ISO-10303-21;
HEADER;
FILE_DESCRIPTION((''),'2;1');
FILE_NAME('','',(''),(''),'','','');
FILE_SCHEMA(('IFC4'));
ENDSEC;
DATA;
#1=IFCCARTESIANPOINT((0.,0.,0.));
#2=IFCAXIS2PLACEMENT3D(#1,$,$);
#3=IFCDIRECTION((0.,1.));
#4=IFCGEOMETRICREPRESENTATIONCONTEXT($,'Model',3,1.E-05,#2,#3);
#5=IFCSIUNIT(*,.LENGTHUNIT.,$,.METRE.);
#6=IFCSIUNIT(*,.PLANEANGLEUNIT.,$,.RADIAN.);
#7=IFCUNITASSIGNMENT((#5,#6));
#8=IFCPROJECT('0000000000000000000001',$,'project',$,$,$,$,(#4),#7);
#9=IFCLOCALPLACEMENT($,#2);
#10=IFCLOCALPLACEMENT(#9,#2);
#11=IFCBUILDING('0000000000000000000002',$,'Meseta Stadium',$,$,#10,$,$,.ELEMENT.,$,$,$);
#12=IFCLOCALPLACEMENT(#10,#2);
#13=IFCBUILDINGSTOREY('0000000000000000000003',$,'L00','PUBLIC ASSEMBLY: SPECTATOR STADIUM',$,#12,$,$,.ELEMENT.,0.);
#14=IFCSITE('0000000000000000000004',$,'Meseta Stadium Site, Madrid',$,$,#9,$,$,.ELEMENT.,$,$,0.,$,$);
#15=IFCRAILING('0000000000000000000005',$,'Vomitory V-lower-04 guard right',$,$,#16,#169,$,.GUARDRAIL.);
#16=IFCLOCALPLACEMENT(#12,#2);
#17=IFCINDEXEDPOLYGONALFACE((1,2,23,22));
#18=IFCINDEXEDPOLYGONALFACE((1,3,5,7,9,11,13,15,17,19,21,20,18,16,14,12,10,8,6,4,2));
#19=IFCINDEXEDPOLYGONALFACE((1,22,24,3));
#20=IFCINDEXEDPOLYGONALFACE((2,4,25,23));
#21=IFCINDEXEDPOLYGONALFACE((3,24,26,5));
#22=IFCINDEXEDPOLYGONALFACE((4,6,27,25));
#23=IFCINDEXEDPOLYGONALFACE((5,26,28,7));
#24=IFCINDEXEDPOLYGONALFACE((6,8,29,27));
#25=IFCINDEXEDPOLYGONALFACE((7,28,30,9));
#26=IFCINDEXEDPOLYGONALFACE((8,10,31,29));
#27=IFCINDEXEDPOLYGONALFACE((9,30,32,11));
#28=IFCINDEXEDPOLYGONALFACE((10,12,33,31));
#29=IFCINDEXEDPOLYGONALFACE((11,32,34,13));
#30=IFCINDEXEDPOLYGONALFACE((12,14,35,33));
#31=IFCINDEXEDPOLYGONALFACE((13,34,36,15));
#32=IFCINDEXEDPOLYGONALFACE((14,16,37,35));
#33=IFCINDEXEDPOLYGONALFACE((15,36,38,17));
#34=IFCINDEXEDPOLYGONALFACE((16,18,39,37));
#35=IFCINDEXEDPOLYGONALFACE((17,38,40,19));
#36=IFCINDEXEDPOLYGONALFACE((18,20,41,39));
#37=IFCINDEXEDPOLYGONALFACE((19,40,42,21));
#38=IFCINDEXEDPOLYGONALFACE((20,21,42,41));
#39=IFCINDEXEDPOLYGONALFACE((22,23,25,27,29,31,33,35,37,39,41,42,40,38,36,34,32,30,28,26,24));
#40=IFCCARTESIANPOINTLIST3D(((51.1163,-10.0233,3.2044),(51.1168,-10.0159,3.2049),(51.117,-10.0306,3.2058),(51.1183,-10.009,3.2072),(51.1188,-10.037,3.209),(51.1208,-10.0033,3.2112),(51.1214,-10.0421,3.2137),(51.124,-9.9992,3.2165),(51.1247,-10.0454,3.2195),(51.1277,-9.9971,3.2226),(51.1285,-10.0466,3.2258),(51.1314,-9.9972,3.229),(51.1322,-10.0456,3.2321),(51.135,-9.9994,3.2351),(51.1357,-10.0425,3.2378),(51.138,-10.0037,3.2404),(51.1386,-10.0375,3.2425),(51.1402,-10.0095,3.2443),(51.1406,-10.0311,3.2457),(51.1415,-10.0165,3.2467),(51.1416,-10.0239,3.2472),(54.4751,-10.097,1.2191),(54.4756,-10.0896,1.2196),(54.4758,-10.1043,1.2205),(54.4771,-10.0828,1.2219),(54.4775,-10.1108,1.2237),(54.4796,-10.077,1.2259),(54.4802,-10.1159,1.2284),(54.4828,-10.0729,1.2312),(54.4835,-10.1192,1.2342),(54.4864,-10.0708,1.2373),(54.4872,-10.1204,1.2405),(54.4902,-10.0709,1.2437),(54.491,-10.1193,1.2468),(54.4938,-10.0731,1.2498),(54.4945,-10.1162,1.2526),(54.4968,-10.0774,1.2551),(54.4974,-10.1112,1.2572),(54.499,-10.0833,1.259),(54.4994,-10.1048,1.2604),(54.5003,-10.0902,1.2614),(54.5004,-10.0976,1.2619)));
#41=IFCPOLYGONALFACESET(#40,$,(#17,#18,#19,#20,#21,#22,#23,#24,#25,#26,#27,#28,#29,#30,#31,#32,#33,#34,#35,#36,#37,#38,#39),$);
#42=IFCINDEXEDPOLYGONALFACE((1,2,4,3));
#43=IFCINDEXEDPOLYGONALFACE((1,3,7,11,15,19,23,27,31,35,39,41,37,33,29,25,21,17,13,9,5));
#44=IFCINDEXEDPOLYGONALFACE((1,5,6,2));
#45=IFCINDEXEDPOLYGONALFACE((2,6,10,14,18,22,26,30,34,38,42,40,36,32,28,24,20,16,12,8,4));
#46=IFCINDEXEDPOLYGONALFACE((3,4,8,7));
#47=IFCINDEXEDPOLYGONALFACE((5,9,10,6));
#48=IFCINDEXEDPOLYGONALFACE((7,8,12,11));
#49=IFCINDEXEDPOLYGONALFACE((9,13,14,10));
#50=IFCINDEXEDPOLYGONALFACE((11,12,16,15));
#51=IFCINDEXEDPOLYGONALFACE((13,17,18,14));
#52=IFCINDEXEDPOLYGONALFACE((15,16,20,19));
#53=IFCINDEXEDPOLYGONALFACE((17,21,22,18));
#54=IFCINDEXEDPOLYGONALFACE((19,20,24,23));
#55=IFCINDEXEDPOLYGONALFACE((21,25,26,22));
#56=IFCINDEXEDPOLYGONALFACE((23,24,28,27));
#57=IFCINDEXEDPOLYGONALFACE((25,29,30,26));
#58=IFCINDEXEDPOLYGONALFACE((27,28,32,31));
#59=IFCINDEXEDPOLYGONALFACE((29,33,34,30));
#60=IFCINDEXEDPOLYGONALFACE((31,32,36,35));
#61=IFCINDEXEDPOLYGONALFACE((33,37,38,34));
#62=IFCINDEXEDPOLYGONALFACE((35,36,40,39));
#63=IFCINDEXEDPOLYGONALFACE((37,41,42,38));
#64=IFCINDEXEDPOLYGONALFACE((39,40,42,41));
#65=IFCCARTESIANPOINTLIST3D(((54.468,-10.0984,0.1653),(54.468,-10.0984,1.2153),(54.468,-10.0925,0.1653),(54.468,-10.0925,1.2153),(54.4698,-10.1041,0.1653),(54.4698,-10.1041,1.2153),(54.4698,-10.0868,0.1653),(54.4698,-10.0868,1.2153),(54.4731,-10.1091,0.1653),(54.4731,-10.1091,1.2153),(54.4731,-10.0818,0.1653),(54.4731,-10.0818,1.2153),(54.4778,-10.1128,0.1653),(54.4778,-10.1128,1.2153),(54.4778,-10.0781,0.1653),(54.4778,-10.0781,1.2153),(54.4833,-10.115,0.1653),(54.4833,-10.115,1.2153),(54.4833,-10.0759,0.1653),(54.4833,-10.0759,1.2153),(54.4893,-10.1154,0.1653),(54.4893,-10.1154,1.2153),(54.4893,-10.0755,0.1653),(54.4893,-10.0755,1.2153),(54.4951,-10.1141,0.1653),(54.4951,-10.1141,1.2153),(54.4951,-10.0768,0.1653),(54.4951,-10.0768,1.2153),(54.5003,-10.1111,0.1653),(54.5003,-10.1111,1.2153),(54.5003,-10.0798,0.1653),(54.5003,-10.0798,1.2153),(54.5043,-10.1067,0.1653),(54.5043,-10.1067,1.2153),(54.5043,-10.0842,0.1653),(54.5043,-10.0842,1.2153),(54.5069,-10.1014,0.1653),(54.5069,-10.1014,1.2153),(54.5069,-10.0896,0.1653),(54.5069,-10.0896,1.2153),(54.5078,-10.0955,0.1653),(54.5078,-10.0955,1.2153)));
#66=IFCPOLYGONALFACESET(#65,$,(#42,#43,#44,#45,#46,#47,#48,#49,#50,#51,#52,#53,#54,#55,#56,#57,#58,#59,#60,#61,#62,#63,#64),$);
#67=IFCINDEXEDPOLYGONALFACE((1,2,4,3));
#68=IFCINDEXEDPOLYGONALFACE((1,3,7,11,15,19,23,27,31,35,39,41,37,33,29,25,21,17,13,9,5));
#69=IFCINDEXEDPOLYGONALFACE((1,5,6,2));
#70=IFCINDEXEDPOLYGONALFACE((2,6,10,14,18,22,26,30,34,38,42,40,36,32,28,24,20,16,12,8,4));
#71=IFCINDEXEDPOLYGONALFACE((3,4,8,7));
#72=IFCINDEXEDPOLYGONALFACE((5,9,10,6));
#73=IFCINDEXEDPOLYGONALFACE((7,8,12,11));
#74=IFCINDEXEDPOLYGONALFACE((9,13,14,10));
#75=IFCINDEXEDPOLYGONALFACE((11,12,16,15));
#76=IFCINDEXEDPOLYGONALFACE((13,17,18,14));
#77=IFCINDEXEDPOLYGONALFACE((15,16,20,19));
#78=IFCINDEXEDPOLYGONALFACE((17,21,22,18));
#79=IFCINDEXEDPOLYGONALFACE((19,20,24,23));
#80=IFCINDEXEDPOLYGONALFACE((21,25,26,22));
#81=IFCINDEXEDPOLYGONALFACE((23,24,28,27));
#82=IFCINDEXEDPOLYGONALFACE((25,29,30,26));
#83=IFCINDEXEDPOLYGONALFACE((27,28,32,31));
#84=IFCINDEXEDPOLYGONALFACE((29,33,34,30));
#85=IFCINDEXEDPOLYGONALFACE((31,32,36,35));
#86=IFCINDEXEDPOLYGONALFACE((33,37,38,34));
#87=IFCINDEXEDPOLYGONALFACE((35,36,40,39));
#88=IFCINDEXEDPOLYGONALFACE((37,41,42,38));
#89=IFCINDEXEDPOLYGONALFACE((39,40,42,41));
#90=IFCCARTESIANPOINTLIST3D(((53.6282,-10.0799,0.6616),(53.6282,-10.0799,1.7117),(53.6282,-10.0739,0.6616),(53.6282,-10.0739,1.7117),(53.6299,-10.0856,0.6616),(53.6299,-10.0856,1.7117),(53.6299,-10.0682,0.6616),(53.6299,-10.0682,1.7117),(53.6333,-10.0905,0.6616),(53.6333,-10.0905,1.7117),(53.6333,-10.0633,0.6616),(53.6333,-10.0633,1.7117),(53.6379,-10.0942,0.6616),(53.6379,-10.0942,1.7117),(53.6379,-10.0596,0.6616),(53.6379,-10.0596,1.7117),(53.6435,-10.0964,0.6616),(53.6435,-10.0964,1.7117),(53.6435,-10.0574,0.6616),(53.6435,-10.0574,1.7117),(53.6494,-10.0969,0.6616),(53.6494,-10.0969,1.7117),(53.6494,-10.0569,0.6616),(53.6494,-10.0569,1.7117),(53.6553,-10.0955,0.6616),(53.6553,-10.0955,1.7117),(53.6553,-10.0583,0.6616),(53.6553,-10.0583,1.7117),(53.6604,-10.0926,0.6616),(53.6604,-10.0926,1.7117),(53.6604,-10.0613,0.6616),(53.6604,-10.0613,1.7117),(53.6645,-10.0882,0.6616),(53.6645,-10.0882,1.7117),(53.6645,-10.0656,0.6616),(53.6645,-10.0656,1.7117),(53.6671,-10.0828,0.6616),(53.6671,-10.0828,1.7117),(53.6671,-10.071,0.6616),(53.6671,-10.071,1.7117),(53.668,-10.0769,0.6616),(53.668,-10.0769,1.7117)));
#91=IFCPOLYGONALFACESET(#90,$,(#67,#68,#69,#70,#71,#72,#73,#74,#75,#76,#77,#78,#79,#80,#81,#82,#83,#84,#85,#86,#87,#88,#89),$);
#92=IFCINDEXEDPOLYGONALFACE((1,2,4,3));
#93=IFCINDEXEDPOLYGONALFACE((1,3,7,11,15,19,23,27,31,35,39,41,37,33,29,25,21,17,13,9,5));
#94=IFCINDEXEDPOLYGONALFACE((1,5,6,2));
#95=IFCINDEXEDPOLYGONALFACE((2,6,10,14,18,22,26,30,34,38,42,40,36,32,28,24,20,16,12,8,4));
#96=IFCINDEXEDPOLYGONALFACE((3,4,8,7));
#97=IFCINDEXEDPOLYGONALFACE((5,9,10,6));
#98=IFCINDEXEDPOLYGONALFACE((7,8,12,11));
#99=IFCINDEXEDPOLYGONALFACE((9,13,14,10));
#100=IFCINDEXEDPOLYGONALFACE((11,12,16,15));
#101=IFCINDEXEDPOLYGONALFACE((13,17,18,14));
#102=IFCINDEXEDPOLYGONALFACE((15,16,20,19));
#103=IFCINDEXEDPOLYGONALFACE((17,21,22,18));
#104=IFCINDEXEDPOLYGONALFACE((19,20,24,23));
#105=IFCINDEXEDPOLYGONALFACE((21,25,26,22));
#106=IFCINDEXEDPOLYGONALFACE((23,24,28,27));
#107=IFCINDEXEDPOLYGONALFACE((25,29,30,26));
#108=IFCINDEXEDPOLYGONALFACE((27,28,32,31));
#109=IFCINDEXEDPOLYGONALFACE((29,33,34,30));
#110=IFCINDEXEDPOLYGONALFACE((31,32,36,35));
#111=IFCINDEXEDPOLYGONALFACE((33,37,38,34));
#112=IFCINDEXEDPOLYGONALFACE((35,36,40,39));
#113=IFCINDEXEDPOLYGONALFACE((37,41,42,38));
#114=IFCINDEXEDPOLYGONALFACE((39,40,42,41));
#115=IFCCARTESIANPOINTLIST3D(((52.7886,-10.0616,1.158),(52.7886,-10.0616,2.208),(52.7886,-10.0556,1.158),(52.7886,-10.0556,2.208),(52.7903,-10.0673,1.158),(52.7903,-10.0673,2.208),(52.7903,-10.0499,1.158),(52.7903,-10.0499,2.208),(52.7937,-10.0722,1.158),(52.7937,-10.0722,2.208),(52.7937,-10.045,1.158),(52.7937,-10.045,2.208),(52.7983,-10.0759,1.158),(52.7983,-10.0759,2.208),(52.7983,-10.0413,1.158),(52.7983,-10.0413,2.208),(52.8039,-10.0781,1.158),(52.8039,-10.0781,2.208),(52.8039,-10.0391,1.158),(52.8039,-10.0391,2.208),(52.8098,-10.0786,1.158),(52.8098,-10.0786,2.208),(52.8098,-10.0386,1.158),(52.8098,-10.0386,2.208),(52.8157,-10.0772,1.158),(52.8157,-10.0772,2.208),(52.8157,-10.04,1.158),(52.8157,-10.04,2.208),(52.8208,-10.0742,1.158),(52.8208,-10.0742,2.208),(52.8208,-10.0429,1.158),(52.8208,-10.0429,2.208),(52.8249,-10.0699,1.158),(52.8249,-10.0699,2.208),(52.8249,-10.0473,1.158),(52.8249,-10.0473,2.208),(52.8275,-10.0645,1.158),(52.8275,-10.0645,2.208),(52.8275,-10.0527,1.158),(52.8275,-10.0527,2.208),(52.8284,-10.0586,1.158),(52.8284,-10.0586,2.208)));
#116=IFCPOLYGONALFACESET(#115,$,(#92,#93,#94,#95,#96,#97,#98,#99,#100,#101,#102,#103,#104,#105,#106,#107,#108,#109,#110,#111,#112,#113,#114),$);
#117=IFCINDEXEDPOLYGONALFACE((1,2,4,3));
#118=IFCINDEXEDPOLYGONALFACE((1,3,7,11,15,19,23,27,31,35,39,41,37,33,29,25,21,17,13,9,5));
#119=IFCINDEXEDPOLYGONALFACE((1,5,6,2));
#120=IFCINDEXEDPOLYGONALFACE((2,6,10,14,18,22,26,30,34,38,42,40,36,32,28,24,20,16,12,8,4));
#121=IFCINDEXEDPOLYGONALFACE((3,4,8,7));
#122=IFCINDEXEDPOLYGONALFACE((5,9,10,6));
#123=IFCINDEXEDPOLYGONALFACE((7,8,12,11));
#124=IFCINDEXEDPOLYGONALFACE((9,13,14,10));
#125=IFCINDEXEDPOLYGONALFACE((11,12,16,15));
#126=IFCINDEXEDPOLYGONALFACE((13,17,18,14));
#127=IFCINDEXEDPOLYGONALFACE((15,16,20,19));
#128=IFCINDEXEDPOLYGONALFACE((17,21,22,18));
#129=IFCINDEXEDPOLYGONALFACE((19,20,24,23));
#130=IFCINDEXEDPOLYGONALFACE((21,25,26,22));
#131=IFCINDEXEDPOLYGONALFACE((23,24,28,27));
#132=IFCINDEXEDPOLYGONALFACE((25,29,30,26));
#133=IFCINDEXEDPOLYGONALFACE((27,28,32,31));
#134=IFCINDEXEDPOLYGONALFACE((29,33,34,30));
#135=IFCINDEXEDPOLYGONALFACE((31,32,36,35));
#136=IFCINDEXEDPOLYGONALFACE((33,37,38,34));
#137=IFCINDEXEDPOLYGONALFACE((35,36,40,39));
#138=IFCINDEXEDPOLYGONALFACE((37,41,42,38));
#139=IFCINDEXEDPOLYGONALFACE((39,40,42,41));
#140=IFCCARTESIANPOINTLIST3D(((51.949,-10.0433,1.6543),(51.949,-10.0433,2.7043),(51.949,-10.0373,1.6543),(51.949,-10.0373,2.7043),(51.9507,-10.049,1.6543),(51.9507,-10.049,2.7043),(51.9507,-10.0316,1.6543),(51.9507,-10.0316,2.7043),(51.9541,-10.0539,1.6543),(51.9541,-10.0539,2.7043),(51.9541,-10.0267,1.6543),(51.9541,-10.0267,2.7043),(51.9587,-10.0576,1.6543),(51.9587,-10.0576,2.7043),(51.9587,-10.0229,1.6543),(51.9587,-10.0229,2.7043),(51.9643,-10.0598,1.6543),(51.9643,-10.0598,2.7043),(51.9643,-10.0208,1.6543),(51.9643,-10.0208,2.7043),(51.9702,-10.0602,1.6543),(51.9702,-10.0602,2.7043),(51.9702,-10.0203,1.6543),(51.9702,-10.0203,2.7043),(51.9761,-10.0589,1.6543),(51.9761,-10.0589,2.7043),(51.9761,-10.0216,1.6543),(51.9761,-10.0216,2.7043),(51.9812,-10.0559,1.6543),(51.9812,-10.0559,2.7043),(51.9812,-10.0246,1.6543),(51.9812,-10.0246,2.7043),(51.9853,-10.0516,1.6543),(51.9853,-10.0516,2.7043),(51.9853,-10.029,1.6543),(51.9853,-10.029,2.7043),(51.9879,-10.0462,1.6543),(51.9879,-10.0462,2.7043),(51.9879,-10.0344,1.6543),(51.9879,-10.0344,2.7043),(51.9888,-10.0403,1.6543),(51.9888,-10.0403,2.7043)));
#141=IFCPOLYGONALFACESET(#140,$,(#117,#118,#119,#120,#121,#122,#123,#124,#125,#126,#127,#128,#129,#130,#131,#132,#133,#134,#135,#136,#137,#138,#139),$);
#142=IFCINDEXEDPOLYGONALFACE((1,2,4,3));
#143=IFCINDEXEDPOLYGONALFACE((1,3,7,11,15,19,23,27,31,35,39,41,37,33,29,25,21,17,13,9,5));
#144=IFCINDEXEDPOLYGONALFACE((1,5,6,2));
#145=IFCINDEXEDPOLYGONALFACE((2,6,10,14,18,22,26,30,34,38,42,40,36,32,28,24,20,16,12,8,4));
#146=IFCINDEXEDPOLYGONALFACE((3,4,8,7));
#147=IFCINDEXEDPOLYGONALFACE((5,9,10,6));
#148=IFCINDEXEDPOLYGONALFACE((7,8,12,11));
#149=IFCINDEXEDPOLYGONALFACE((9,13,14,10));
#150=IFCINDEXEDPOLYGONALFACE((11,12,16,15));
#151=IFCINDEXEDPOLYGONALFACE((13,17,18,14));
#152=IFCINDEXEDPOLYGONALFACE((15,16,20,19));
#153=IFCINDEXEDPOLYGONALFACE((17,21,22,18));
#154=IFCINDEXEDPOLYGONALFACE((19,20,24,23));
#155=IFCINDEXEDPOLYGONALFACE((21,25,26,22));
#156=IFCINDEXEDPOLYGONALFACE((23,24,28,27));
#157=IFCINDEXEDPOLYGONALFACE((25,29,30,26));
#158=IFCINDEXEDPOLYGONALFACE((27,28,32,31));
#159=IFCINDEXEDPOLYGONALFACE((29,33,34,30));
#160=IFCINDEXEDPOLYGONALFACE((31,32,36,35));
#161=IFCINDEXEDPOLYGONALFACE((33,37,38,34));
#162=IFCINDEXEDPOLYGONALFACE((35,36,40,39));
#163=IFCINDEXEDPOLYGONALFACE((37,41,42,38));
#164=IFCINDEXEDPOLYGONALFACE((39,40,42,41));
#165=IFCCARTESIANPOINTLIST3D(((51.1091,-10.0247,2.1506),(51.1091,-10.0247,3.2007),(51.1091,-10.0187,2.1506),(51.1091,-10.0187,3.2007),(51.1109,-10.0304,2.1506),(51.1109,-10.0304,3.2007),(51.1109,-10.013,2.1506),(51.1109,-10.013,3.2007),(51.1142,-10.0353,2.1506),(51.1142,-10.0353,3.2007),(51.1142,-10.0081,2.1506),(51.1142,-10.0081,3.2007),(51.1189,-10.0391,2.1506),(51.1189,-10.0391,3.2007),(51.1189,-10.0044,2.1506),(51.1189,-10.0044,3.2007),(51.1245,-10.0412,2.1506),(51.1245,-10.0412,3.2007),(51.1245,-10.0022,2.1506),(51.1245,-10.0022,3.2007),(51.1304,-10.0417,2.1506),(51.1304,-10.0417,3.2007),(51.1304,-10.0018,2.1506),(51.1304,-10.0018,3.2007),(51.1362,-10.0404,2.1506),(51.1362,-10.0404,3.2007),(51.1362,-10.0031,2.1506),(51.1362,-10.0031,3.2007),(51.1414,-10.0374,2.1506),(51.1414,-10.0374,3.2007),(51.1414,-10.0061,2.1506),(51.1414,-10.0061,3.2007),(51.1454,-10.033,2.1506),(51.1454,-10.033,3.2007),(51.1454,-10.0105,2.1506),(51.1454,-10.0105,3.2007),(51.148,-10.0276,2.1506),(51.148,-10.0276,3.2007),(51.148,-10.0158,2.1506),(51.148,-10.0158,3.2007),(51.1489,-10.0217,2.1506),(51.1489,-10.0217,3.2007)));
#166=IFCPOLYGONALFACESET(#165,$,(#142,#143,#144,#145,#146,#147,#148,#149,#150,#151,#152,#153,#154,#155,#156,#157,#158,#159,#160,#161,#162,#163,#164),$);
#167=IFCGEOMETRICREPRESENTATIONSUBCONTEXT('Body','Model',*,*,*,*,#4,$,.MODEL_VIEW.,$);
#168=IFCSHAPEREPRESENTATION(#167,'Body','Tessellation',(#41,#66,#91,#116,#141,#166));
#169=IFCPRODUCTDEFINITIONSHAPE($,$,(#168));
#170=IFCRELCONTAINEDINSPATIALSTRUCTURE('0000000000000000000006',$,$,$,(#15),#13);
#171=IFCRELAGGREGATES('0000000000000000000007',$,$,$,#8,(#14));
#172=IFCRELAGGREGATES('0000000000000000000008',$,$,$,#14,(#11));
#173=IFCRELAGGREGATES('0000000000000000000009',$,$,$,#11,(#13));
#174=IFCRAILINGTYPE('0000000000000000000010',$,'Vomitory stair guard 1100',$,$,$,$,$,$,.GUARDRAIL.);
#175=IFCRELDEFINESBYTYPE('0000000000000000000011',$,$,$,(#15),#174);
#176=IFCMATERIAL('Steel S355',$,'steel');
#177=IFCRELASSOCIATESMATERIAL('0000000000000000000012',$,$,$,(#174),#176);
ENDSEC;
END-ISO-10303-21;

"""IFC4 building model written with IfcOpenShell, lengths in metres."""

from ifc_helpers import new_model, si_unit, direction, frame, origin, origin_2d, place, context, subcontext, project, spatial, circle, extrude, material, type_object, element, save


model = new_model("IFC4")

# Units and contexts
model_context = context("Model", 3, precision=1e-05, world=origin(), true_north=direction((0.0, 1.0)))
body_context = subcontext(model_context, "Body", "Model", "MODEL_VIEW")
ifc_project = project(units=[si_unit("LENGTHUNIT", "METRE"), si_unit("PLANEANGLEUNIT", "RADIAN")], contexts=[model_context])

# Site, building, storey
site_placement = place(None, origin())
site = spatial("IfcSite", under=ifc_project, at=site_placement, Name="Meseta Stadium Site, Madrid", CompositionType="ELEMENT", RefElevation=0.0)
building_placement = place(site_placement, origin())
building = spatial("IfcBuilding", under=site, at=building_placement, Name="Meseta Stadium", CompositionType="ELEMENT")
storey_placement = place(building_placement, origin())
storey = spatial("IfcBuildingStorey", under=building, at=storey_placement, Name="L00", Description="PUBLIC ASSEMBLY: SPECTATOR STADIUM", CompositionType="ELEMENT", Elevation=0.0)

# Railing
ifc_material_1 = material(Name="Steel S355", Category="steel")
railing_type_1 = type_object("IfcRailingType", Name="Vomitory stair guard 1100", PredefinedType="GUARDRAIL", material=ifc_material_1)
railing_1_placement = place(storey_placement, frame((54.4878, -10.0955, 0.1653)))
element("IfcRailing", 1, at=railing_1_placement, inside=storey, type_object=railing_type_1, Name="Vomitory V-lower-04 guard right", PredefinedType="GUARDRAIL", context=body_context, shape_type="SweptSolid", body=[
    extrude(circle(Radius=0.0249, at=origin_2d()), frame((0.0, 0.0, 1.0752), z_axis=(-0.860711, 0.018893, 0.508744), x_axis=(-0.021946, -0.999759, 0.0)), (0.0, 0.0, 1.0), 3.9023),
    extrude(circle(Radius=0.02, at=origin_2d()), origin(), (0.0, 0.0, 1.0), 1.05),
    extrude(circle(Radius=0.02, at=origin_2d()), frame((-0.8398, 0.0186, 0.4963)), (0.0, 0.0, 1.0), 1.05),
    extrude(circle(Radius=0.02, at=origin_2d()), frame((-1.6794, 0.0369, 0.9927)), (0.0, 0.0, 1.0), 1.05),
    extrude(circle(Radius=0.02, at=origin_2d()), frame((-2.519, 0.0552, 1.489)), (0.0, 0.0, 1.0), 1.05),
    extrude(circle(Radius=0.02, at=origin_2d()), frame((-3.3589, 0.0737, 1.9854)), (0.0, 0.0, 1.0), 1.05),
])

save(model, "model.ifc")
